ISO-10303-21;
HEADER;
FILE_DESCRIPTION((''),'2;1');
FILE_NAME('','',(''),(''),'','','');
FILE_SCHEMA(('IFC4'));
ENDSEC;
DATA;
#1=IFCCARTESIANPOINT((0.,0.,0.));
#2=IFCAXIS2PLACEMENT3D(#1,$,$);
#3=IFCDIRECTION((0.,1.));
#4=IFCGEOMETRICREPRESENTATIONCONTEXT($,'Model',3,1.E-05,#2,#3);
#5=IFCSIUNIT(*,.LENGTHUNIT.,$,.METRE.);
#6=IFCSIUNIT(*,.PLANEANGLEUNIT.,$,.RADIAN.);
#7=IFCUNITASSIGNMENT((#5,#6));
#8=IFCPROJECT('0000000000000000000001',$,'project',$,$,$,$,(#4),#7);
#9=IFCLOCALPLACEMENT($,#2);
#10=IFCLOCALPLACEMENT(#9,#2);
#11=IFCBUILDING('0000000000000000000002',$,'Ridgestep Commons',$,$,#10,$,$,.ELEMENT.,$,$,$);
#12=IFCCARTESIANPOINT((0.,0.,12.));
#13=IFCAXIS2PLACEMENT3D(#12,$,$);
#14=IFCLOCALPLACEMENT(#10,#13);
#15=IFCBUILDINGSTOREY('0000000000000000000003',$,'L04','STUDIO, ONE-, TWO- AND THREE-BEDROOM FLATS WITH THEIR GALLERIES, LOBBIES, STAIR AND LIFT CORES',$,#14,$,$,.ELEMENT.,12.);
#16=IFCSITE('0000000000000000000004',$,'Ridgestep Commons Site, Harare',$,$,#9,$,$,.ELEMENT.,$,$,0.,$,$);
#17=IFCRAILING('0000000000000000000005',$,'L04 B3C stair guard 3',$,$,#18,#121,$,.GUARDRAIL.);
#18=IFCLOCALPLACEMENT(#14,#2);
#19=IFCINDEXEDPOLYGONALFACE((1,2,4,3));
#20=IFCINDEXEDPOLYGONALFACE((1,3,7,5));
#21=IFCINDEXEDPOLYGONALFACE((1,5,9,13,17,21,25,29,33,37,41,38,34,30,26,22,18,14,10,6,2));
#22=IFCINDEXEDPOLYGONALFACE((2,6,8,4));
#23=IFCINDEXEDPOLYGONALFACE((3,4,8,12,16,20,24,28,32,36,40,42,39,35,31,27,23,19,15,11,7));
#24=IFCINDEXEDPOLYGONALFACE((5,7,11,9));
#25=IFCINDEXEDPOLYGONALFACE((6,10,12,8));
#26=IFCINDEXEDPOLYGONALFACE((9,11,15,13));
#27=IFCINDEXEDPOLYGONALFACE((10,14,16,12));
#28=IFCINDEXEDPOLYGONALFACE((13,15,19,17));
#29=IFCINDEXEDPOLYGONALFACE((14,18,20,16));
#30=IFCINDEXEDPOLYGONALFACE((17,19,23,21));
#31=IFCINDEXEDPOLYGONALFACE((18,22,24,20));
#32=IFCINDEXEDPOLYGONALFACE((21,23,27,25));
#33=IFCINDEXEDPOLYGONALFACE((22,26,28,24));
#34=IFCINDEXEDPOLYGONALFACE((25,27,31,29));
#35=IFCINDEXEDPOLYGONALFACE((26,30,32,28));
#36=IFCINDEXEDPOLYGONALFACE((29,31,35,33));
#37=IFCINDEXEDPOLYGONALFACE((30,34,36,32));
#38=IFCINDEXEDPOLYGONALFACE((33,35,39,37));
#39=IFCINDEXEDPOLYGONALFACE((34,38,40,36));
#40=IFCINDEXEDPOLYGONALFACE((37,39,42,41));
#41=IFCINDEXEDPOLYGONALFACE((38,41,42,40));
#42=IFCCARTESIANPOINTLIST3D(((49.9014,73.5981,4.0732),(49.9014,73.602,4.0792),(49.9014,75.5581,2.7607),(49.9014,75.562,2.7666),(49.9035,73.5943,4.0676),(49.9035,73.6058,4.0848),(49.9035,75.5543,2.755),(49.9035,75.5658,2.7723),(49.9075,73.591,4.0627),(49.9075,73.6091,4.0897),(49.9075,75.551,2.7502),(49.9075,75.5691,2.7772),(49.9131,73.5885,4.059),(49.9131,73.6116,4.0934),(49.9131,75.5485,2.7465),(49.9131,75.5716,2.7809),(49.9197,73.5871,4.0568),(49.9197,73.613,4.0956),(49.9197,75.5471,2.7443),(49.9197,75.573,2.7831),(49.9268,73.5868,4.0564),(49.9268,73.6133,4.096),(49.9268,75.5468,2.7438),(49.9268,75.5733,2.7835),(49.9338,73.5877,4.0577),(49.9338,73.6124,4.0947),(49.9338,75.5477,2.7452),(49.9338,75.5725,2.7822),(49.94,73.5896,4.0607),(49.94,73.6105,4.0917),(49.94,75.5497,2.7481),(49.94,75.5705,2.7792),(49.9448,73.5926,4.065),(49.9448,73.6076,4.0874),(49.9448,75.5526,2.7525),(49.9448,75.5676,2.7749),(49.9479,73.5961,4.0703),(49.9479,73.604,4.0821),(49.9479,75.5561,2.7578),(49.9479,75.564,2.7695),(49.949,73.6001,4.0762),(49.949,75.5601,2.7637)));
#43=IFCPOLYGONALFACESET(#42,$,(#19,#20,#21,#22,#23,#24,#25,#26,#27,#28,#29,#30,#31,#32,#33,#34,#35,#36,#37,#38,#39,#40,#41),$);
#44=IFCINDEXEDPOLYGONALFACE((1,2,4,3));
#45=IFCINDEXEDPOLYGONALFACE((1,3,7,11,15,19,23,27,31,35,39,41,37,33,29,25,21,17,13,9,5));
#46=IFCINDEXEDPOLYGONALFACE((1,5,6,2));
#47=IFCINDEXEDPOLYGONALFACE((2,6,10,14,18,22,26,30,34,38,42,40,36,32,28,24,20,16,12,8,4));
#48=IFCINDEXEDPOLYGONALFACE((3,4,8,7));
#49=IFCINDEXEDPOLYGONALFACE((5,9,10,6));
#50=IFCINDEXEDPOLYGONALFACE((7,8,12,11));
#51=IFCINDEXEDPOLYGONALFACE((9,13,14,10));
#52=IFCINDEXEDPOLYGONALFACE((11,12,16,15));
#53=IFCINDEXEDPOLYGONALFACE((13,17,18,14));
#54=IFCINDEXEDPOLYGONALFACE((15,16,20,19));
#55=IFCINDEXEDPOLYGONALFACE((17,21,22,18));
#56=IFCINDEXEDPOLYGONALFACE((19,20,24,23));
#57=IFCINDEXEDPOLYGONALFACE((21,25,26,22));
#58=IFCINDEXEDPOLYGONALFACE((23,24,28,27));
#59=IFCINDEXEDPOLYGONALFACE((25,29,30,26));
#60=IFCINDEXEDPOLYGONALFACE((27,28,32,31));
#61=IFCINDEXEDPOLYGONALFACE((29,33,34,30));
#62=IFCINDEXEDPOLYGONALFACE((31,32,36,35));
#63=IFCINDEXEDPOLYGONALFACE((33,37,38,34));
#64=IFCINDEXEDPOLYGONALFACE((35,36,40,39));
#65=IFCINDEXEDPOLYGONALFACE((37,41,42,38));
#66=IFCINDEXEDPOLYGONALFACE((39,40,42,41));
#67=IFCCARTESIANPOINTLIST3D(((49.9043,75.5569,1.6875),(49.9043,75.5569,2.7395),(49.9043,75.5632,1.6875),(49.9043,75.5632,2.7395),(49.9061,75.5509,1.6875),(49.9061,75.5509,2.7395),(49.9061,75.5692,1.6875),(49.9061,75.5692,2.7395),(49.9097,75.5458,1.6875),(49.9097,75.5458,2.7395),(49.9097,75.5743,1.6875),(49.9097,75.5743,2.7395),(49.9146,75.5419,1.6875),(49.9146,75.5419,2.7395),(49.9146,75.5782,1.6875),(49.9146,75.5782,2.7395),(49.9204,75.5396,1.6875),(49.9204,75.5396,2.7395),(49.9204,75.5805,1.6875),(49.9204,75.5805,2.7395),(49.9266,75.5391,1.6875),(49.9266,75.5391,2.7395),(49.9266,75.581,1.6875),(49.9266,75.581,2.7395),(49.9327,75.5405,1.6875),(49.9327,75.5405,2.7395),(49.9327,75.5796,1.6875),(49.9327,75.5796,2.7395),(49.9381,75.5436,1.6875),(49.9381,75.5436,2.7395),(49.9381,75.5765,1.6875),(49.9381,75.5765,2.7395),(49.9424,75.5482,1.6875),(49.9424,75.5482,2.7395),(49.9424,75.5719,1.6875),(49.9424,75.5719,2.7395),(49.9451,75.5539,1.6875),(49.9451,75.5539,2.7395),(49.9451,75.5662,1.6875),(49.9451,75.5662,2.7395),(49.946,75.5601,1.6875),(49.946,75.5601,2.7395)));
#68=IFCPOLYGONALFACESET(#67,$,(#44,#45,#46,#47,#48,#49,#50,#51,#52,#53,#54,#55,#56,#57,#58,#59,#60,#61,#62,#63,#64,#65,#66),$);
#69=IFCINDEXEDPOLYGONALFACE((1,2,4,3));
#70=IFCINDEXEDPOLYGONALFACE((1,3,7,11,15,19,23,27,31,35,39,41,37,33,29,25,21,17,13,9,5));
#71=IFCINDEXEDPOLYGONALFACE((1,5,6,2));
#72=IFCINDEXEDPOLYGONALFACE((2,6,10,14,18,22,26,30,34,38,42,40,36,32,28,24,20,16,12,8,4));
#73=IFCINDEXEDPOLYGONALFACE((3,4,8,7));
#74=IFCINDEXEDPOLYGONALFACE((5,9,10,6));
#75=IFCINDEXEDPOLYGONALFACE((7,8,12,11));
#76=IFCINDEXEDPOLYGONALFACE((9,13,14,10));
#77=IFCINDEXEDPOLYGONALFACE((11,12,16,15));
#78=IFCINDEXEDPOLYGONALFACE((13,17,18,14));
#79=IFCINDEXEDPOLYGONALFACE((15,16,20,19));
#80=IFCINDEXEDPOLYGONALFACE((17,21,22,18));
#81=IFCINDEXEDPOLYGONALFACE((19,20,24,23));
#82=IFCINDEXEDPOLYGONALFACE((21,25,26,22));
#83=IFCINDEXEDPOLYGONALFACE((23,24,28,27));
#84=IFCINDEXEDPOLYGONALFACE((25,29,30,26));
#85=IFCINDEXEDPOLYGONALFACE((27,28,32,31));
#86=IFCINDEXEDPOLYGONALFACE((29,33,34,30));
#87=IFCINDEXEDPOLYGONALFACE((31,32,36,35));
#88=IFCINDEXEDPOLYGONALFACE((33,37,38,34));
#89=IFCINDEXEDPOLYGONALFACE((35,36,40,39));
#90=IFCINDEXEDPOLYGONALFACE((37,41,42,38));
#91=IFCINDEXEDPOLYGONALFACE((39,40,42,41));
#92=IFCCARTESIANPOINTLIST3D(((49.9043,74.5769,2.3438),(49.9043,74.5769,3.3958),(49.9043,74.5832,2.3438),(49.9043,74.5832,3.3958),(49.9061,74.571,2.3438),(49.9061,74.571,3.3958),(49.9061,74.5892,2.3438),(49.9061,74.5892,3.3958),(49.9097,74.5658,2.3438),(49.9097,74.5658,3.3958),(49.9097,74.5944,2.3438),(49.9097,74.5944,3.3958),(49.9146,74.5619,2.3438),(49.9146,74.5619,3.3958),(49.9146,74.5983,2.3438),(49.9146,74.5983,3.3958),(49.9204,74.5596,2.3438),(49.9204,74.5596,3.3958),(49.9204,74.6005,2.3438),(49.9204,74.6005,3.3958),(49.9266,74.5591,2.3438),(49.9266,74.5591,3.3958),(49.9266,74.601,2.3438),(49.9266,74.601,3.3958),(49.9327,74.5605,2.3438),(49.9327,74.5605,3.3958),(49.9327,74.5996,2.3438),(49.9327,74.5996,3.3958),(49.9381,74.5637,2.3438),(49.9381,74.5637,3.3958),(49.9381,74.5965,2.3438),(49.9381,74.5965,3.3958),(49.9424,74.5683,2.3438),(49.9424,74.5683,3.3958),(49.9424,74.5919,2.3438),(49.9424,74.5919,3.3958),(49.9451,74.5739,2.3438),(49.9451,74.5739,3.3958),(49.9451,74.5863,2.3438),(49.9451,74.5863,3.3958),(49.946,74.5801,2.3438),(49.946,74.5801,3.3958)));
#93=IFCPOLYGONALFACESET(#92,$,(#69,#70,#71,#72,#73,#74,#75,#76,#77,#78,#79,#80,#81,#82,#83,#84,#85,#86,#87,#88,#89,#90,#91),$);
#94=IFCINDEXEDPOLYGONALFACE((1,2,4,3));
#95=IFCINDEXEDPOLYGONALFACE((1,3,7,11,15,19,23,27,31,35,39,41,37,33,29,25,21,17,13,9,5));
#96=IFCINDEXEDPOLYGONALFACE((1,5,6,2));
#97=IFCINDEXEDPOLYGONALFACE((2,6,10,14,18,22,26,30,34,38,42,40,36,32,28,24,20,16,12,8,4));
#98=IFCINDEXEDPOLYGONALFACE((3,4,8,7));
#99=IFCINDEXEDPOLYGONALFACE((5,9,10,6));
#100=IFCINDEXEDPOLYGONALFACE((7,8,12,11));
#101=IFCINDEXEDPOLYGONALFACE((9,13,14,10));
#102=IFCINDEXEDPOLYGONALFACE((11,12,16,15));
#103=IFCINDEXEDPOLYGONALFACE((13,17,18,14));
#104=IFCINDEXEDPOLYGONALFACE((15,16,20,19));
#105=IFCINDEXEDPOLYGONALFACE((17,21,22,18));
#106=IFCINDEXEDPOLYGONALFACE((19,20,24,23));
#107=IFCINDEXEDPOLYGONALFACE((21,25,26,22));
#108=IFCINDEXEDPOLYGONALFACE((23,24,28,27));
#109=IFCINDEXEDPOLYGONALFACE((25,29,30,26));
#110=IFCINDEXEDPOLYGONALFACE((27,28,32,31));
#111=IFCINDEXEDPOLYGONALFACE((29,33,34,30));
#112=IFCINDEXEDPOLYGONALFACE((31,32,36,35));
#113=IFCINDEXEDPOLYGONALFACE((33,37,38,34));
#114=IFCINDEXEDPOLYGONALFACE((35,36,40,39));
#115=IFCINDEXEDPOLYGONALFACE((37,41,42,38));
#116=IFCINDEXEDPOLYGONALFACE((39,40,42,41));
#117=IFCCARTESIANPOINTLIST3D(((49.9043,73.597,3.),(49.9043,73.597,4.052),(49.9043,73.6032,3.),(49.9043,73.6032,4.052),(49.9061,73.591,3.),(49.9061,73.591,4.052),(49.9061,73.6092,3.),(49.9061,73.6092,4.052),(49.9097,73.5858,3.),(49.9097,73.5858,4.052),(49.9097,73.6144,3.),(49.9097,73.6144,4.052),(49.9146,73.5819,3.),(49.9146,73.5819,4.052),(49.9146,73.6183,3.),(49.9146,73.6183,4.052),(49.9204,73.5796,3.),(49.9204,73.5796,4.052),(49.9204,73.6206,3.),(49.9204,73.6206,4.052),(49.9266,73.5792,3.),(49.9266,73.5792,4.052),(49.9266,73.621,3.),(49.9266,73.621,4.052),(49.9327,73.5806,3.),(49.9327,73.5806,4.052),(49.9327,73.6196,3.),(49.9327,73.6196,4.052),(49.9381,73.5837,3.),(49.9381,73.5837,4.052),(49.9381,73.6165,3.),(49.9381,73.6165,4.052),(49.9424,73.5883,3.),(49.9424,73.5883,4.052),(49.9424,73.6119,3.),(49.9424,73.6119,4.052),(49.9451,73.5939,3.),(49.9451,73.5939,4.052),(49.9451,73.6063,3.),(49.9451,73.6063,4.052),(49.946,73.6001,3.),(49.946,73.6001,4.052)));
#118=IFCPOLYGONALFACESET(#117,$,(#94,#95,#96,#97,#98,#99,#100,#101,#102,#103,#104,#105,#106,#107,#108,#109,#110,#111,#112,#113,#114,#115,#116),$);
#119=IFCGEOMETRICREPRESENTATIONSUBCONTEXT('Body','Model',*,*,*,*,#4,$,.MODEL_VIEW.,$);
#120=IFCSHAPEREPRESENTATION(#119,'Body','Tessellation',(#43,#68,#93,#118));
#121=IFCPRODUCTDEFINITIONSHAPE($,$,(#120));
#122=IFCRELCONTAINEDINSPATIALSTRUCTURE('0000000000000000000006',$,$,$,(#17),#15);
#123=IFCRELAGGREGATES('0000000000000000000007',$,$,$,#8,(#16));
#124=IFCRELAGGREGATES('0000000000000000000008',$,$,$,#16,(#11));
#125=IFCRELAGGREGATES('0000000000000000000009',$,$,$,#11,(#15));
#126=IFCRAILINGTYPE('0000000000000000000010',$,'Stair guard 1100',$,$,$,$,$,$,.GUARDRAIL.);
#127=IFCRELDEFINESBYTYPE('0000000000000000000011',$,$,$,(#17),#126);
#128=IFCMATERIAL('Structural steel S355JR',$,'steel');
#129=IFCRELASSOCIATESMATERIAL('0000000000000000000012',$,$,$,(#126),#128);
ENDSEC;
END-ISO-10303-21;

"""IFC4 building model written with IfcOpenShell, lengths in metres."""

from ifc_helpers import new_model, si_unit, direction, frame, origin, origin_2d, place, context, subcontext, project, spatial, circle, extrude, material, type_object, element, save


model = new_model("IFC4")

# Units and contexts
model_context = context("Model", 3, precision=1e-05, world=origin(), true_north=direction((0.0, 1.0)))
body_context = subcontext(model_context, "Body", "Model", "MODEL_VIEW")
ifc_project = project(units=[si_unit("LENGTHUNIT", "METRE"), si_unit("PLANEANGLEUNIT", "RADIAN")], contexts=[model_context])

# Site, building, storey
site_placement = place(None, origin())
site = spatial("IfcSite", under=ifc_project, at=site_placement, Name="Ridgestep Commons Site, Harare", CompositionType="ELEMENT", RefElevation=0.0)
building_placement = place(site_placement, origin())
building = spatial("IfcBuilding", under=site, at=building_placement, Name="Ridgestep Commons", CompositionType="ELEMENT")
storey_placement = place(building_placement, frame((0.0, 0.0, 12.0)))
storey = spatial("IfcBuildingStorey", under=building, at=storey_placement, Name="L04", Description="STUDIO, ONE-, TWO- AND THREE-BEDROOM FLATS WITH THEIR GALLERIES, LOBBIES, STAIR AND LIFT CORES", CompositionType="ELEMENT", Elevation=12.0)

# Railing
ifc_material_1 = material(Name="Structural steel S355JR", Category="steel")
railing_type_1 = type_object("IfcRailingType", Name="Stair guard 1100", PredefinedType="GUARDRAIL", material=ifc_material_1)
railing_1_placement = place(storey_placement, frame((49.925, 75.5601, 1.6875)))
element("IfcRailing", 1, at=railing_1_placement, inside=storey, type_object=railing_type_1, Name="L04 B3C stair guard 3", PredefinedType="GUARDRAIL", context=body_context, shape_type="SweptSolid", body=[
    extrude(circle(Radius=0.0239, at=origin_2d()), frame((0.0, 0.0, 1.0762), z_axis=(0.0, -0.830902, 0.556419), x_axis=(1.0, 0.0, 0.0)), (0.0, 0.0, 1.0), 2.3589),
    extrude(circle(Radius=0.021, at=origin_2d()), origin(), (0.0, 0.0, 1.0), 1.052),
    extrude(circle(Radius=0.021, at=origin_2d()), frame((0.0, -0.98, 0.6562)), (0.0, 0.0, 1.0), 1.052),
    extrude(circle(Radius=0.021, at=origin_2d()), frame((0.0, -1.96, 1.3125)), (0.0, 0.0, 1.0), 1.052),
])

save(model, "model.ifc")
